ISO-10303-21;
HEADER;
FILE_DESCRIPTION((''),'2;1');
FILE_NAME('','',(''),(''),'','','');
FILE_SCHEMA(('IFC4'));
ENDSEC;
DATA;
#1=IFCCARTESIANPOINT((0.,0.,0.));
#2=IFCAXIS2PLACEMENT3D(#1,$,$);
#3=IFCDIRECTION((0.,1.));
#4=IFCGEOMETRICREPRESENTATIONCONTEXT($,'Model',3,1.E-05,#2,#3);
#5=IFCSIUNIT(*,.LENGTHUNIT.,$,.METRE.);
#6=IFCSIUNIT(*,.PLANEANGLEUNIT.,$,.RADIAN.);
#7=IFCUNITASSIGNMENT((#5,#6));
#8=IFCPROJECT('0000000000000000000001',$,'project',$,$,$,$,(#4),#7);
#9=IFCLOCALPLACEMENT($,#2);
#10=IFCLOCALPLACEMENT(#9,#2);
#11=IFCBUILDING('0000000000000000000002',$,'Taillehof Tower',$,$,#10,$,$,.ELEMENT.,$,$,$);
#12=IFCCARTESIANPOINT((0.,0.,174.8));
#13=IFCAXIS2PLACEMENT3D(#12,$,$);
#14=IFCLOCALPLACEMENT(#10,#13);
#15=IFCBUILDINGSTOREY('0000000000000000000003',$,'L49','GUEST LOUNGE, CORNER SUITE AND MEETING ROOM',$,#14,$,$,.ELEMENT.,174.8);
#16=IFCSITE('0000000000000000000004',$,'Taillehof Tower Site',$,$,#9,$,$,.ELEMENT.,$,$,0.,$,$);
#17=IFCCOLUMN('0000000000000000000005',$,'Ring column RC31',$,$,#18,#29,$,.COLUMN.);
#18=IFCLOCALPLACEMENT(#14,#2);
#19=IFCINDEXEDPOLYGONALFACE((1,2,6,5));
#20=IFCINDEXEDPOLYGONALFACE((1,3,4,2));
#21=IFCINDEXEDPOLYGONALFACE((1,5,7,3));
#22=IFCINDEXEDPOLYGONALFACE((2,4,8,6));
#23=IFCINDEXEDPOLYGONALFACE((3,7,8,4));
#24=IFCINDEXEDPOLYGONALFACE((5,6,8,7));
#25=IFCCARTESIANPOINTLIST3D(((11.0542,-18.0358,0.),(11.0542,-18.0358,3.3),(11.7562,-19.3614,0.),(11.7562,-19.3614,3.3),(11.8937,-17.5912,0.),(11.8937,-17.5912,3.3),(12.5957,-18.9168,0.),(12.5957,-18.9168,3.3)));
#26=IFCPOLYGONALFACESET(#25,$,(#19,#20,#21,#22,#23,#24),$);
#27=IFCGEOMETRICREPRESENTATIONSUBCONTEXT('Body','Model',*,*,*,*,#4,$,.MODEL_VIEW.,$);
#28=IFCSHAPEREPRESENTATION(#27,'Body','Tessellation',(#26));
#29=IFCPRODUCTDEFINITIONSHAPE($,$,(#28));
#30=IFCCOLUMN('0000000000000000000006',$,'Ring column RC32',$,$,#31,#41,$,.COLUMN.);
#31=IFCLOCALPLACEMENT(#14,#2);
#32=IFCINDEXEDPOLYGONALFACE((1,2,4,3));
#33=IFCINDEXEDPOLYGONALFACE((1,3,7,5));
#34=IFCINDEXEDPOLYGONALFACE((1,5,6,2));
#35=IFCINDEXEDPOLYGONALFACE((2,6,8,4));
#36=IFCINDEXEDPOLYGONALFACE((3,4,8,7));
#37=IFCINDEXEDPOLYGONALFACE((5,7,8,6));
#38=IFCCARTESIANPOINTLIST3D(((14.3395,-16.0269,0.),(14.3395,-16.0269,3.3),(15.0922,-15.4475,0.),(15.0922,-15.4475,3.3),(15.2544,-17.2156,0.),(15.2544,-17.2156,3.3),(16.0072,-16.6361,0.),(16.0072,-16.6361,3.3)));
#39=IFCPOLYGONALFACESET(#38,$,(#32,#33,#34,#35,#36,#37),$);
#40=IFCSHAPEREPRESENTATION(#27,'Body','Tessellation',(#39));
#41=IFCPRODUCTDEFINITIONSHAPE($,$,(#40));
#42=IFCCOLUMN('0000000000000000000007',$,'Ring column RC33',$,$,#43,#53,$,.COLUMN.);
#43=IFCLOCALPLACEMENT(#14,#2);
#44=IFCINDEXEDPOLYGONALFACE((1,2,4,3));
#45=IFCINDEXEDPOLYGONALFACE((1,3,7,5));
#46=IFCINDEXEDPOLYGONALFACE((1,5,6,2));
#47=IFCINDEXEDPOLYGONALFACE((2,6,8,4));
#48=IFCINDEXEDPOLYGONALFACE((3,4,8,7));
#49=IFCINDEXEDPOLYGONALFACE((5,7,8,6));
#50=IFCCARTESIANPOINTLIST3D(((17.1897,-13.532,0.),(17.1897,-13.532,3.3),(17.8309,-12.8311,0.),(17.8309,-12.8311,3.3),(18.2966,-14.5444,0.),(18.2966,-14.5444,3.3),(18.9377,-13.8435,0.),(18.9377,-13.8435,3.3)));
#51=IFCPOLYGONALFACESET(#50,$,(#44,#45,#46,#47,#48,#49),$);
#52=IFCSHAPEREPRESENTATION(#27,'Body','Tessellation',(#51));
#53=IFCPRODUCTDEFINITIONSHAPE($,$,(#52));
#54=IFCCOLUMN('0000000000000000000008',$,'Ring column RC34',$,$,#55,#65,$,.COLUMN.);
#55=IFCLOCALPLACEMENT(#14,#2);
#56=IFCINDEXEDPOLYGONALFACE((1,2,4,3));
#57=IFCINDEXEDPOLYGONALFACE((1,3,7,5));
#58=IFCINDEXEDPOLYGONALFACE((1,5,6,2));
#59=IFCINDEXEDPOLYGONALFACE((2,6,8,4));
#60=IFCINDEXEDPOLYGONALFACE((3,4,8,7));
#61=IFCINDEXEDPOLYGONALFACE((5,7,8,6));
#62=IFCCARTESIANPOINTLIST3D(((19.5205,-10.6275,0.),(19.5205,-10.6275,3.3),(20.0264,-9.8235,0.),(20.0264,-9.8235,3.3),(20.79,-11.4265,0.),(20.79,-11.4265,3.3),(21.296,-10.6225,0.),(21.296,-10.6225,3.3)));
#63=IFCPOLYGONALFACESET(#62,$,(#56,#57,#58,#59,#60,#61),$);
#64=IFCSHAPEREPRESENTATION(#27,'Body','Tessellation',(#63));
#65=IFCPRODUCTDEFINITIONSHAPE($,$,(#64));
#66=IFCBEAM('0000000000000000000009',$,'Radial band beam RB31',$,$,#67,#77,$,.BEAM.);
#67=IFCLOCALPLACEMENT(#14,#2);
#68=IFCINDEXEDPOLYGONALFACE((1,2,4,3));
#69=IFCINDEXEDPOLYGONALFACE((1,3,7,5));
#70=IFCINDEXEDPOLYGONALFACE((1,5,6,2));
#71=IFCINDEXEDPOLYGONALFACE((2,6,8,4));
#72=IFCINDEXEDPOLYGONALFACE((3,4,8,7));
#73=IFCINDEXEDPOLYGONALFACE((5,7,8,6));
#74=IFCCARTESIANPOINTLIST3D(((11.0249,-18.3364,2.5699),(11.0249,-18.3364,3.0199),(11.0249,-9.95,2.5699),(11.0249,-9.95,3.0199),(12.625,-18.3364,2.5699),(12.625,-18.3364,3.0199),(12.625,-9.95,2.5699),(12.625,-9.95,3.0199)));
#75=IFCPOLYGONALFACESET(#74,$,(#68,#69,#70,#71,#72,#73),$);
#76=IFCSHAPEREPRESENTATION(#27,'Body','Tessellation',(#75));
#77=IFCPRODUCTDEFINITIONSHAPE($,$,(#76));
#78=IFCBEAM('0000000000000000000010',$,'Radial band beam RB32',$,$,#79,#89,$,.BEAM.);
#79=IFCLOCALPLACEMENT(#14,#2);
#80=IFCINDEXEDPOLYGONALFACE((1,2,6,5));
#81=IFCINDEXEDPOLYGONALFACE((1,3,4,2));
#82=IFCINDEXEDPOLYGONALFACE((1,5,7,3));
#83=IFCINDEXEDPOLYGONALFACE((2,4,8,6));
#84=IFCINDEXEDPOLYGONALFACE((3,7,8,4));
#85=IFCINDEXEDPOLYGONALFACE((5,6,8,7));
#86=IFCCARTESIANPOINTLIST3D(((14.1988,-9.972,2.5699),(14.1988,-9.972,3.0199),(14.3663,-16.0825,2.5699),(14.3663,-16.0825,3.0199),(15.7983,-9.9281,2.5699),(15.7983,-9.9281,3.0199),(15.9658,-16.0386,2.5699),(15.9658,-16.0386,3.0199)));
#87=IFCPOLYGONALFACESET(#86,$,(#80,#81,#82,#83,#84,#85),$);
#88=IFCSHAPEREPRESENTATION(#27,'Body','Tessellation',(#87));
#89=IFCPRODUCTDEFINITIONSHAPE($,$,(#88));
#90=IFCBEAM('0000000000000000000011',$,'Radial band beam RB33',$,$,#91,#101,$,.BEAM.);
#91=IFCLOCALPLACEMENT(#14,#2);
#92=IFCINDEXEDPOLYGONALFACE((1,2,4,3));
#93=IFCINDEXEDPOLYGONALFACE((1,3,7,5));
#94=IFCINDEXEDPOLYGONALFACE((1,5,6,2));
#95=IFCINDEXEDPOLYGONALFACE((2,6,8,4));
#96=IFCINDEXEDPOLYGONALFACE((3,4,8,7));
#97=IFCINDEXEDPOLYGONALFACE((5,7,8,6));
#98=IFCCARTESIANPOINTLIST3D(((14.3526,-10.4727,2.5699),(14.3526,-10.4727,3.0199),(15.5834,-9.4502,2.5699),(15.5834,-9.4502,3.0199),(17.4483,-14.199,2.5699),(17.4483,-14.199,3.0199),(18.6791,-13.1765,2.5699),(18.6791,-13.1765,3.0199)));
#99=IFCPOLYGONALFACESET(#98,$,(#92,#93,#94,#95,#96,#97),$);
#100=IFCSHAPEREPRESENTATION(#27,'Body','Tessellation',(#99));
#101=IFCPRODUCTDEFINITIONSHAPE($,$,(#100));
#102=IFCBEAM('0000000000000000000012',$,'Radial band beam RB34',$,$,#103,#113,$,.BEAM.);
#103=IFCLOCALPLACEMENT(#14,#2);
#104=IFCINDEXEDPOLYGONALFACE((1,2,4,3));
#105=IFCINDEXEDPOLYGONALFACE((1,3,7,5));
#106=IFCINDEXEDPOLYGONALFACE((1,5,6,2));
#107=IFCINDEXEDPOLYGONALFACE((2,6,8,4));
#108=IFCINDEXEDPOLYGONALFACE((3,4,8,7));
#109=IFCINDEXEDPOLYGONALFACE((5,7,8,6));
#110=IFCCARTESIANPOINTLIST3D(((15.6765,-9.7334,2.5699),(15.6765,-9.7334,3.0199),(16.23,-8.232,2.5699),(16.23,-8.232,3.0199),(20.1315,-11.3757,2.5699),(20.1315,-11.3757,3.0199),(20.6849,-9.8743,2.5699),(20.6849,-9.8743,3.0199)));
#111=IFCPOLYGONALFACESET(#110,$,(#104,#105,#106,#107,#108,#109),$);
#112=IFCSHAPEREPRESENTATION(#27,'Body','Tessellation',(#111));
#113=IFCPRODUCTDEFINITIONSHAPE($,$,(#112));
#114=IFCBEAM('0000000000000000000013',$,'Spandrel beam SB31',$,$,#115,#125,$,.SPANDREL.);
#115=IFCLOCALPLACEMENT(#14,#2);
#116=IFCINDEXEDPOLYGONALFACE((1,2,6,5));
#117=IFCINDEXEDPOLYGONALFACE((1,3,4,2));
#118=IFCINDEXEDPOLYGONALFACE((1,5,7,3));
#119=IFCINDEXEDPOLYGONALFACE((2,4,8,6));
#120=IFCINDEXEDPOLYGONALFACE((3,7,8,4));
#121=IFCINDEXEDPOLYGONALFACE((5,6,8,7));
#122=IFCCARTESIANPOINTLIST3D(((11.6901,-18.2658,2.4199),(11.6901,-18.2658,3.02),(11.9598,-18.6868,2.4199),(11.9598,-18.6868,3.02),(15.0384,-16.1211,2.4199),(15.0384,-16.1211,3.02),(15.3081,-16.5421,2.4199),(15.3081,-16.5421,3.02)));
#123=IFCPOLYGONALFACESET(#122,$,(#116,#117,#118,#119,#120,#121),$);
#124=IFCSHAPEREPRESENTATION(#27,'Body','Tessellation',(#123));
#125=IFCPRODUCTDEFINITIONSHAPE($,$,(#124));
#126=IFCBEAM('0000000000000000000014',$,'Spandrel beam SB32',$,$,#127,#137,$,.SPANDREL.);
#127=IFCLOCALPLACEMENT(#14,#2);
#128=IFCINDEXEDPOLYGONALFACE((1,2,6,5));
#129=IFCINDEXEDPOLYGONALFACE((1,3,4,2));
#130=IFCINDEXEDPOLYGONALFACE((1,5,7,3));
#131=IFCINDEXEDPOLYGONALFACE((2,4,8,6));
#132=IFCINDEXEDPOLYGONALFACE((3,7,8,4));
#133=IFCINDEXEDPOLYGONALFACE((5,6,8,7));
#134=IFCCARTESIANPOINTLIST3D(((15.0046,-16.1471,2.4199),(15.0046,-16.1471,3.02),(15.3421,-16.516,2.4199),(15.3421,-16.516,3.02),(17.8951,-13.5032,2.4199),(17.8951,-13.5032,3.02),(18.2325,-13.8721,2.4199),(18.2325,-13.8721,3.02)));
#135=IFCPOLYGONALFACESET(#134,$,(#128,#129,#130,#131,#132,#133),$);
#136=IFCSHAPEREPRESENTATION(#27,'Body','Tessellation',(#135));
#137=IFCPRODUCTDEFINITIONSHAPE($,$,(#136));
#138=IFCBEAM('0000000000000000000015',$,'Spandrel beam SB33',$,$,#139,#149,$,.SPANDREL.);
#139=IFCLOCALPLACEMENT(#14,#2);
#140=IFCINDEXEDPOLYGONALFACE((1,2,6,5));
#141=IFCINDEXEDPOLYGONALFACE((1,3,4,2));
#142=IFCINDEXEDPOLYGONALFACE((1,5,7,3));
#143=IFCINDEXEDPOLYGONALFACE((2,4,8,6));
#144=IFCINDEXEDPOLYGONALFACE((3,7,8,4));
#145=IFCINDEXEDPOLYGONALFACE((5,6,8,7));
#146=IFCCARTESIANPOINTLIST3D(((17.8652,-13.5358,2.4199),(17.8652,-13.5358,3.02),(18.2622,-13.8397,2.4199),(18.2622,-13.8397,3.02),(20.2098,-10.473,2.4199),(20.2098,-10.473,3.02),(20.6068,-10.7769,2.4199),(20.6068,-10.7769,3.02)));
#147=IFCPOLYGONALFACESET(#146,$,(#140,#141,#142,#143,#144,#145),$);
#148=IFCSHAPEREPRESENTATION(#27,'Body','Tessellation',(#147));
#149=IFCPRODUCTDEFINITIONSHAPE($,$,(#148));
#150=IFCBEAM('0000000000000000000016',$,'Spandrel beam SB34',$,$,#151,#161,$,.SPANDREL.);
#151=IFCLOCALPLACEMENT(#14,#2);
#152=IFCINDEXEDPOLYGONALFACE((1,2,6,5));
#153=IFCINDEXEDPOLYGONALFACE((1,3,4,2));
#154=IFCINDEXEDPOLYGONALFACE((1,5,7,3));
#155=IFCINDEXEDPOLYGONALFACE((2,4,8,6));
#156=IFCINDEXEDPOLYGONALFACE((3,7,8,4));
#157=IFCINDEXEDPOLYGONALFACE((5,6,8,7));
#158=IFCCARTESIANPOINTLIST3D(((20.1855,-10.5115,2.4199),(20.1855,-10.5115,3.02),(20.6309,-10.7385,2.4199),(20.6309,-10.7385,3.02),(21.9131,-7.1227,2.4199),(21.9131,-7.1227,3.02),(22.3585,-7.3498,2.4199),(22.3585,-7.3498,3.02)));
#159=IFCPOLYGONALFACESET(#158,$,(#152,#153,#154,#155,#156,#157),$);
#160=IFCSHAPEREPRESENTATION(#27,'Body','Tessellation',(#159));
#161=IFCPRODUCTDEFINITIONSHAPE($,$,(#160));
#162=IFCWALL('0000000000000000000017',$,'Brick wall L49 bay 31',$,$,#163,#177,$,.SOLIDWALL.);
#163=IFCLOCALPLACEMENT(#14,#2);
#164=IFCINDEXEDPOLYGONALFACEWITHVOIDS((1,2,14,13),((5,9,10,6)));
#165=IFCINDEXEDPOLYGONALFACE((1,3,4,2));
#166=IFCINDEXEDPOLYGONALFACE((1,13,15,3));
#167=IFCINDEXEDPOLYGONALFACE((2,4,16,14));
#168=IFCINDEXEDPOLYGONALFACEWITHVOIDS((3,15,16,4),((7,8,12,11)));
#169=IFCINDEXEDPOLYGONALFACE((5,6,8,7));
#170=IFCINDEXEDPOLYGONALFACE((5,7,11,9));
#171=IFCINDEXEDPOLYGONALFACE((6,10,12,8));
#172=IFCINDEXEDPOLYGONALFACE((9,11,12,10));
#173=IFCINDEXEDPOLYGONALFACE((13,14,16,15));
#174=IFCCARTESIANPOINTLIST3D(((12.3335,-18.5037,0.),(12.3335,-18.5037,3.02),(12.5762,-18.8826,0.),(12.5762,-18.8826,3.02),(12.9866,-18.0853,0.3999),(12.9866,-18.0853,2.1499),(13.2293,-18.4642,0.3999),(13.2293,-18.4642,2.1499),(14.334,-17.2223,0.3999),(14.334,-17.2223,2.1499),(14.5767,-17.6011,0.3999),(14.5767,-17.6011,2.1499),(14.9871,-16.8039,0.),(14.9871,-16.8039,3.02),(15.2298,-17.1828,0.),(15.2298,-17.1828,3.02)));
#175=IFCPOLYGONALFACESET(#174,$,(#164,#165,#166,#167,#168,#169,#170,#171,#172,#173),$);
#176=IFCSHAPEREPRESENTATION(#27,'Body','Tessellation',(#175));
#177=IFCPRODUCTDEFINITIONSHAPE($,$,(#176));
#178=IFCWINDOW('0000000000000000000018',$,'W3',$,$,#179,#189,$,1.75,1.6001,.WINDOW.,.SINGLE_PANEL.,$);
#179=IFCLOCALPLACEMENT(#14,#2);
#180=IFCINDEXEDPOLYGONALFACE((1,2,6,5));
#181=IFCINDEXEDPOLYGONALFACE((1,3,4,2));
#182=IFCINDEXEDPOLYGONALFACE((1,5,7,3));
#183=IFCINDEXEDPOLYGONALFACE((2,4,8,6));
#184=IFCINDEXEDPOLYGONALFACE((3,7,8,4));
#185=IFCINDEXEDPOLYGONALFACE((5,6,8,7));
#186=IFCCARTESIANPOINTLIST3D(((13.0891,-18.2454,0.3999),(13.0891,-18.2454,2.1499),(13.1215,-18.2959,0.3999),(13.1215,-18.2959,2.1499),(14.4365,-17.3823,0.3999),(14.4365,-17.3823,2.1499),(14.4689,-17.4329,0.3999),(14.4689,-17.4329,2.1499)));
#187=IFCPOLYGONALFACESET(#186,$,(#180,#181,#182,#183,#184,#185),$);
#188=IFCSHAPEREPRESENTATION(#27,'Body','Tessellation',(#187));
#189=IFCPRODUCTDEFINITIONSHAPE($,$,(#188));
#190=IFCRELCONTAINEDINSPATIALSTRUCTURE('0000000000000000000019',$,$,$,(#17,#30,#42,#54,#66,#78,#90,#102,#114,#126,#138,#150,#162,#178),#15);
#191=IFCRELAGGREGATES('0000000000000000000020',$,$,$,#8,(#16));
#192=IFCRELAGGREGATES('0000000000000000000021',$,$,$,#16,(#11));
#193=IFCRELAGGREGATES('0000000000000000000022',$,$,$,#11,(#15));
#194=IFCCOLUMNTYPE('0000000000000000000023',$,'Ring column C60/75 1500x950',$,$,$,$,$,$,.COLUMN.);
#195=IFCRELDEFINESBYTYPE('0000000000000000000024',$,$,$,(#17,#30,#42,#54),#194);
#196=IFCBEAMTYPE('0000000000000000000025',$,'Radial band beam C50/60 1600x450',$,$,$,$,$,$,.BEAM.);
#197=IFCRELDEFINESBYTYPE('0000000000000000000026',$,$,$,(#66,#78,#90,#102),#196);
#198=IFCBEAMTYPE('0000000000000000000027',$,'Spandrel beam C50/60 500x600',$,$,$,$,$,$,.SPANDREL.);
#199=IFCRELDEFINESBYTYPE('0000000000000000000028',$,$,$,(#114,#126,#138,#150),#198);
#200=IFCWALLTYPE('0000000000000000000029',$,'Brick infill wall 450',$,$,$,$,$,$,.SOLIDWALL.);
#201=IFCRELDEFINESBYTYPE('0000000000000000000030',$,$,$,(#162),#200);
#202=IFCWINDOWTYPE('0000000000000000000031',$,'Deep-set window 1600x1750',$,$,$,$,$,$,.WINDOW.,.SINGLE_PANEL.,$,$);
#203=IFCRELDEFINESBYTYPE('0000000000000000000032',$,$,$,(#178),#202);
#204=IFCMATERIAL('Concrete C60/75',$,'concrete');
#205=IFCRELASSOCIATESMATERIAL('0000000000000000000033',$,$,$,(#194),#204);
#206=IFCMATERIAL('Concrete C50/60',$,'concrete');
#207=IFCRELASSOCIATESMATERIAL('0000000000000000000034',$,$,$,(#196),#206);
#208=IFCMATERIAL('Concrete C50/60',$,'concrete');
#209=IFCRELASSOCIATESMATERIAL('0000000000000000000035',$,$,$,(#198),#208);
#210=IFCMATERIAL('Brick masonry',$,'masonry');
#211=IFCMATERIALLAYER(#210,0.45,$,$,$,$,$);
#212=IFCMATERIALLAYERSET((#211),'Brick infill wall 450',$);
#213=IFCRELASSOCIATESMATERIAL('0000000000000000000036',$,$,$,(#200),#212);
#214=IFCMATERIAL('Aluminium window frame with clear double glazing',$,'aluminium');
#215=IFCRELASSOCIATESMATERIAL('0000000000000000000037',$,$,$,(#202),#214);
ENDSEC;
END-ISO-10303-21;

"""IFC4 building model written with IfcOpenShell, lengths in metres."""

from ifc_helpers import new_model, si_unit, direction, frame, frame_2d, origin, origin_2d, place, context, subcontext, project, spatial, rectangle, extrude, material, layer, layer_set, material_profile, profile_set, type_object, element, fill, save


model = new_model("IFC4")

# Units and contexts
model_context = context("Model", 3, precision=1e-05, world=origin(), true_north=direction((0.0, 1.0)))
body_context = subcontext(model_context, "Body", "Model", "MODEL_VIEW")
ifc_project = project(units=[si_unit("LENGTHUNIT", "METRE"), si_unit("PLANEANGLEUNIT", "RADIAN")], contexts=[model_context])

# Site, building, storey
site_placement = place(None, origin())
site = spatial("IfcSite", under=ifc_project, at=site_placement, Name="Taillehof Tower Site", CompositionType="ELEMENT", RefElevation=0.0)
building_placement = place(site_placement, origin())
building = spatial("IfcBuilding", under=site, at=building_placement, Name="Taillehof Tower", CompositionType="ELEMENT")
storey_placement = place(building_placement, frame((0.0, 0.0, 174.8)))
storey = spatial("IfcBuildingStorey", under=building, at=storey_placement, Name="L49", Description="GUEST LOUNGE, CORNER SUITE AND MEETING ROOM", CompositionType="ELEMENT", Elevation=174.8)

# Columns
ifc_material_1 = material(Name="Concrete C60/75", Category="concrete")
ifc_material_profile_1 = material_profile(ifc_material_1, rectangle(XDim=1.5, YDim=0.95, at=origin_2d()), Name="RC 1500x950")
ifc_profile_set_1 = profile_set([ifc_material_profile_1], Name="Concrete C60/75")
column_type = type_object("IfcColumnType", Name="Ring column C60/75 1500x950", PredefinedType="COLUMN", material=ifc_profile_set_1)
for number, where, z_axis, x_axis, name in (
    (1, (11.825, -18.4763, 0.0), (0.0, 0.0, 1.0), (0.468042, -0.883706, 0.0), "Ring column RC31"),
    (2, (15.1733, -16.3315, 0.0), (0.0, 0.0, 1.0), (0.609971, -0.792424, 0.0), "Ring column RC32"),
    (3, (18.0637, -13.6877, 0.0), (0.0, 0.0, 1.0), (0.737879, -0.674933, 0.0), "Ring column RC33"),
    (4, (20.4082, -10.625, 0.0), (0.0, 0.0, 1.0), (0.846334, -0.532652, 0.0), "Ring column RC34"),
):
    element("IfcColumn", number, at=place(storey_placement, frame(where, z_axis=z_axis, x_axis=x_axis)), inside=storey, type_object=column_type, Name=name, PredefinedType="COLUMN", context=body_context, shape_type="SweptSolid", body=[
        extrude(rectangle(XDim=1.5, YDim=0.95, at=origin_2d()), origin(), (0.0, 0.0, 1.0), 3.3),
    ])

# Beams
ifc_material_2 = material(Name="Concrete C50/60", Category="concrete")
ifc_material_profile_2 = material_profile(ifc_material_2, rectangle(XDim=1.6001, YDim=0.45, at=origin_2d()), Name="RC 1600x450")
ifc_profile_set_2 = profile_set([ifc_material_profile_2], Name="Concrete C50/60")
beam_type_1 = type_object("IfcBeamType", Name="Radial band beam C50/60 1600x450", PredefinedType="BEAM", material=ifc_profile_set_2)
beam_1_placement = place(storey_placement, frame((11.825, -18.3364, 2.7949), z_axis=(0.0, 1.0, 0.0), x_axis=(-1.0, 0.0, 0.0)))
element("IfcBeam", 5, at=beam_1_placement, inside=storey, type_object=beam_type_1, Name="Radial band beam RB31", PredefinedType="BEAM", context=body_context, shape_type="SweptSolid", body=[
    extrude(rectangle(XDim=1.6001, YDim=0.45, at=origin_2d()), origin(), (0.0, 0.0, 1.0), 8.3865),
])
beam_2_placement = place(storey_placement, frame((15.166, -16.0605, 2.7949), z_axis=(-0.027398, 0.999625, 0.0), x_axis=(-0.999625, -0.027398, 0.0)))
element("IfcBeam", 6, at=beam_2_placement, inside=storey, type_object=beam_type_1, Name="Radial band beam RB32", PredefinedType="BEAM", context=body_context, shape_type="SweptSolid", body=[
    extrude(rectangle(XDim=1.6001, YDim=0.45, at=origin_2d()), origin(), (0.0, 0.0, 1.0), 6.1128),
])
beam_3_placement = place(storey_placement, frame((18.0637, -13.6877, 2.7949), z_axis=(-0.639019, 0.769191, 0.0), x_axis=(-0.769191, -0.639019, 0.0)))
element("IfcBeam", 7, at=beam_3_placement, inside=storey, type_object=beam_type_1, Name="Radial band beam RB33", PredefinedType="BEAM", context=body_context, shape_type="SweptSolid", body=[
    extrude(rectangle(XDim=1.6001, YDim=0.45, at=origin_2d()), origin(), (0.0, 0.0, 1.0), 4.8445),
])
beam_4_placement = place(storey_placement, frame((20.4082, -10.625, 2.7949), z_axis=(-0.938276, 0.345889, 0.0), x_axis=(-0.345889, -0.938276, 0.0)))
element("IfcBeam", 8, at=beam_4_placement, inside=storey, type_object=beam_type_1, Name="Radial band beam RB34", PredefinedType="BEAM", context=body_context, shape_type="SweptSolid", body=[
    extrude(rectangle(XDim=1.6001, YDim=0.45, at=origin_2d()), origin(), (0.0, 0.0, 1.0), 4.748),
])
ifc_material_3 = material(Name="Concrete C50/60", Category="concrete")
ifc_material_profile_3 = material_profile(ifc_material_3, rectangle(XDim=0.5, YDim=0.6001, at=origin_2d()), Name="RC 500x600")
ifc_profile_set_3 = profile_set([ifc_material_profile_3], Name="Concrete C50/60")
beam_type_2 = type_object("IfcBeamType", Name="Spandrel beam C50/60 500x600", PredefinedType="SPANDREL", material=ifc_profile_set_3)
beam_5_placement = place(storey_placement, frame((11.825, -18.4763, 2.72), z_axis=(0.842065, 0.539376, 0.0), x_axis=(-0.539376, 0.842065, 0.0)))
element("IfcBeam", 9, at=beam_5_placement, inside=storey, type_object=beam_type_2, Name="Spandrel beam SB31", PredefinedType="SPANDREL", context=body_context, shape_type="SweptSolid", body=[
    extrude(rectangle(XDim=0.5, YDim=0.6001, at=origin_2d()), origin(), (0.0, 0.0, 1.0), 3.9763),
])
beam_6_placement = place(storey_placement, frame((15.1733, -16.3315, 2.72), z_axis=(0.737881, 0.674931, 0.0), x_axis=(-0.674931, 0.737881, 0.0)))
element("IfcBeam", 10, at=beam_6_placement, inside=storey, type_object=beam_type_2, Name="Spandrel beam SB32", PredefinedType="SPANDREL", context=body_context, shape_type="SweptSolid", body=[
    extrude(rectangle(XDim=0.5, YDim=0.6001, at=origin_2d()), origin(), (0.0, 0.0, 1.0), 3.9172),
])
beam_7_placement = place(storey_placement, frame((18.0637, -13.6877, 2.72), z_axis=(0.60784, 0.794059, 0.0), x_axis=(-0.794059, 0.60784, 0.0)))
element("IfcBeam", 11, at=beam_7_placement, inside=storey, type_object=beam_type_2, Name="Spandrel beam SB33", PredefinedType="SPANDREL", context=body_context, shape_type="SweptSolid", body=[
    extrude(rectangle(XDim=0.5, YDim=0.6001, at=origin_2d()), origin(), (0.0, 0.0, 1.0), 3.8572),
])
beam_8_placement = place(storey_placement, frame((20.4082, -10.625, 2.72), z_axis=(0.454183, 0.890908, 0.0), x_axis=(-0.890908, 0.454183, 0.0)))
element("IfcBeam", 12, at=beam_8_placement, inside=storey, type_object=beam_type_2, Name="Spandrel beam SB34", PredefinedType="SPANDREL", context=body_context, shape_type="SweptSolid", body=[
    extrude(rectangle(XDim=0.5, YDim=0.6001, at=origin_2d()), origin(), (0.0, 0.0, 1.0), 3.8037),
])

# Wall, opening, window
ifc_material_4 = material(Name="Brick masonry", Category="masonry")
ifc_layer_1 = layer(ifc_material_4, 0.45)
ifc_layer_set_1 = layer_set([ifc_layer_1], Name="Brick infill wall 450")
wall_type_1 = type_object("IfcWallType", Name="Brick infill wall 450", PredefinedType="SOLIDWALL", material=ifc_layer_set_1)
wall_1_placement = place(storey_placement, frame((12.4548, -18.6931, 0.0), z_axis=(0.0, 0.0, 1.0), x_axis=(0.842066, 0.539375, 0.0)))
wall_1 = element("IfcWall", 13, at=wall_1_placement, inside=storey, type_object=wall_type_1, Name="Brick wall L49 bay 31", PredefinedType="SOLIDWALL", context=body_context, shape_type="SweptSolid", body=[
    extrude(rectangle(XDim=3.1514, YDim=0.45, at=frame_2d((1.5757, 0.0))), origin(), (0.0, 0.0, 1.0), 3.02),
])
opening_1_placement = place(wall_1_placement, frame((0.7756, 0.0, 0.3999)))
opening_1 = element("IfcOpeningElement", 14, at=opening_1_placement, cuts=wall_1, PredefinedType="OPENING", context=body_context, shape_type="SweptSolid", body=[
    extrude(rectangle(XDim=1.6001, YDim=1.75, at=frame_2d((0.8, 0.875))), frame((0.0, 0.2349, 0.0), z_axis=(0.0, -1.0, 0.0), x_axis=(1.0, 0.0, 0.0)), (0.0, 0.0, 1.0), 0.47),
])
ifc_material_5 = material(Name="Aluminium window frame with clear double glazing", Category="aluminium")
window_type_1 = type_object("IfcWindowType", Name="Deep-set window 1600x1750", PartitioningType="SINGLE_PANEL", PredefinedType="WINDOW", material=ifc_material_5)
window_1_placement = place(opening_1_placement, origin())
window_1 = element("IfcWindow", 15, at=window_1_placement, inside=storey, type_object=window_type_1, Name="W3", OverallHeight=1.75, OverallWidth=1.6001, PartitioningType="SINGLE_PANEL", PredefinedType="WINDOW", context=body_context, shape_type="SweptSolid", body=[
    extrude(rectangle(XDim=1.6001, YDim=1.75, at=frame_2d((0.8, 0.875))), frame((0.0, 0.0349, 0.0), z_axis=(0.0, -1.0, 0.0), x_axis=(1.0, 0.0, 0.0)), (0.0, 0.0, 1.0), 0.0601),
])
fill(opening_1, window_1)

save(model, "model.ifc")
